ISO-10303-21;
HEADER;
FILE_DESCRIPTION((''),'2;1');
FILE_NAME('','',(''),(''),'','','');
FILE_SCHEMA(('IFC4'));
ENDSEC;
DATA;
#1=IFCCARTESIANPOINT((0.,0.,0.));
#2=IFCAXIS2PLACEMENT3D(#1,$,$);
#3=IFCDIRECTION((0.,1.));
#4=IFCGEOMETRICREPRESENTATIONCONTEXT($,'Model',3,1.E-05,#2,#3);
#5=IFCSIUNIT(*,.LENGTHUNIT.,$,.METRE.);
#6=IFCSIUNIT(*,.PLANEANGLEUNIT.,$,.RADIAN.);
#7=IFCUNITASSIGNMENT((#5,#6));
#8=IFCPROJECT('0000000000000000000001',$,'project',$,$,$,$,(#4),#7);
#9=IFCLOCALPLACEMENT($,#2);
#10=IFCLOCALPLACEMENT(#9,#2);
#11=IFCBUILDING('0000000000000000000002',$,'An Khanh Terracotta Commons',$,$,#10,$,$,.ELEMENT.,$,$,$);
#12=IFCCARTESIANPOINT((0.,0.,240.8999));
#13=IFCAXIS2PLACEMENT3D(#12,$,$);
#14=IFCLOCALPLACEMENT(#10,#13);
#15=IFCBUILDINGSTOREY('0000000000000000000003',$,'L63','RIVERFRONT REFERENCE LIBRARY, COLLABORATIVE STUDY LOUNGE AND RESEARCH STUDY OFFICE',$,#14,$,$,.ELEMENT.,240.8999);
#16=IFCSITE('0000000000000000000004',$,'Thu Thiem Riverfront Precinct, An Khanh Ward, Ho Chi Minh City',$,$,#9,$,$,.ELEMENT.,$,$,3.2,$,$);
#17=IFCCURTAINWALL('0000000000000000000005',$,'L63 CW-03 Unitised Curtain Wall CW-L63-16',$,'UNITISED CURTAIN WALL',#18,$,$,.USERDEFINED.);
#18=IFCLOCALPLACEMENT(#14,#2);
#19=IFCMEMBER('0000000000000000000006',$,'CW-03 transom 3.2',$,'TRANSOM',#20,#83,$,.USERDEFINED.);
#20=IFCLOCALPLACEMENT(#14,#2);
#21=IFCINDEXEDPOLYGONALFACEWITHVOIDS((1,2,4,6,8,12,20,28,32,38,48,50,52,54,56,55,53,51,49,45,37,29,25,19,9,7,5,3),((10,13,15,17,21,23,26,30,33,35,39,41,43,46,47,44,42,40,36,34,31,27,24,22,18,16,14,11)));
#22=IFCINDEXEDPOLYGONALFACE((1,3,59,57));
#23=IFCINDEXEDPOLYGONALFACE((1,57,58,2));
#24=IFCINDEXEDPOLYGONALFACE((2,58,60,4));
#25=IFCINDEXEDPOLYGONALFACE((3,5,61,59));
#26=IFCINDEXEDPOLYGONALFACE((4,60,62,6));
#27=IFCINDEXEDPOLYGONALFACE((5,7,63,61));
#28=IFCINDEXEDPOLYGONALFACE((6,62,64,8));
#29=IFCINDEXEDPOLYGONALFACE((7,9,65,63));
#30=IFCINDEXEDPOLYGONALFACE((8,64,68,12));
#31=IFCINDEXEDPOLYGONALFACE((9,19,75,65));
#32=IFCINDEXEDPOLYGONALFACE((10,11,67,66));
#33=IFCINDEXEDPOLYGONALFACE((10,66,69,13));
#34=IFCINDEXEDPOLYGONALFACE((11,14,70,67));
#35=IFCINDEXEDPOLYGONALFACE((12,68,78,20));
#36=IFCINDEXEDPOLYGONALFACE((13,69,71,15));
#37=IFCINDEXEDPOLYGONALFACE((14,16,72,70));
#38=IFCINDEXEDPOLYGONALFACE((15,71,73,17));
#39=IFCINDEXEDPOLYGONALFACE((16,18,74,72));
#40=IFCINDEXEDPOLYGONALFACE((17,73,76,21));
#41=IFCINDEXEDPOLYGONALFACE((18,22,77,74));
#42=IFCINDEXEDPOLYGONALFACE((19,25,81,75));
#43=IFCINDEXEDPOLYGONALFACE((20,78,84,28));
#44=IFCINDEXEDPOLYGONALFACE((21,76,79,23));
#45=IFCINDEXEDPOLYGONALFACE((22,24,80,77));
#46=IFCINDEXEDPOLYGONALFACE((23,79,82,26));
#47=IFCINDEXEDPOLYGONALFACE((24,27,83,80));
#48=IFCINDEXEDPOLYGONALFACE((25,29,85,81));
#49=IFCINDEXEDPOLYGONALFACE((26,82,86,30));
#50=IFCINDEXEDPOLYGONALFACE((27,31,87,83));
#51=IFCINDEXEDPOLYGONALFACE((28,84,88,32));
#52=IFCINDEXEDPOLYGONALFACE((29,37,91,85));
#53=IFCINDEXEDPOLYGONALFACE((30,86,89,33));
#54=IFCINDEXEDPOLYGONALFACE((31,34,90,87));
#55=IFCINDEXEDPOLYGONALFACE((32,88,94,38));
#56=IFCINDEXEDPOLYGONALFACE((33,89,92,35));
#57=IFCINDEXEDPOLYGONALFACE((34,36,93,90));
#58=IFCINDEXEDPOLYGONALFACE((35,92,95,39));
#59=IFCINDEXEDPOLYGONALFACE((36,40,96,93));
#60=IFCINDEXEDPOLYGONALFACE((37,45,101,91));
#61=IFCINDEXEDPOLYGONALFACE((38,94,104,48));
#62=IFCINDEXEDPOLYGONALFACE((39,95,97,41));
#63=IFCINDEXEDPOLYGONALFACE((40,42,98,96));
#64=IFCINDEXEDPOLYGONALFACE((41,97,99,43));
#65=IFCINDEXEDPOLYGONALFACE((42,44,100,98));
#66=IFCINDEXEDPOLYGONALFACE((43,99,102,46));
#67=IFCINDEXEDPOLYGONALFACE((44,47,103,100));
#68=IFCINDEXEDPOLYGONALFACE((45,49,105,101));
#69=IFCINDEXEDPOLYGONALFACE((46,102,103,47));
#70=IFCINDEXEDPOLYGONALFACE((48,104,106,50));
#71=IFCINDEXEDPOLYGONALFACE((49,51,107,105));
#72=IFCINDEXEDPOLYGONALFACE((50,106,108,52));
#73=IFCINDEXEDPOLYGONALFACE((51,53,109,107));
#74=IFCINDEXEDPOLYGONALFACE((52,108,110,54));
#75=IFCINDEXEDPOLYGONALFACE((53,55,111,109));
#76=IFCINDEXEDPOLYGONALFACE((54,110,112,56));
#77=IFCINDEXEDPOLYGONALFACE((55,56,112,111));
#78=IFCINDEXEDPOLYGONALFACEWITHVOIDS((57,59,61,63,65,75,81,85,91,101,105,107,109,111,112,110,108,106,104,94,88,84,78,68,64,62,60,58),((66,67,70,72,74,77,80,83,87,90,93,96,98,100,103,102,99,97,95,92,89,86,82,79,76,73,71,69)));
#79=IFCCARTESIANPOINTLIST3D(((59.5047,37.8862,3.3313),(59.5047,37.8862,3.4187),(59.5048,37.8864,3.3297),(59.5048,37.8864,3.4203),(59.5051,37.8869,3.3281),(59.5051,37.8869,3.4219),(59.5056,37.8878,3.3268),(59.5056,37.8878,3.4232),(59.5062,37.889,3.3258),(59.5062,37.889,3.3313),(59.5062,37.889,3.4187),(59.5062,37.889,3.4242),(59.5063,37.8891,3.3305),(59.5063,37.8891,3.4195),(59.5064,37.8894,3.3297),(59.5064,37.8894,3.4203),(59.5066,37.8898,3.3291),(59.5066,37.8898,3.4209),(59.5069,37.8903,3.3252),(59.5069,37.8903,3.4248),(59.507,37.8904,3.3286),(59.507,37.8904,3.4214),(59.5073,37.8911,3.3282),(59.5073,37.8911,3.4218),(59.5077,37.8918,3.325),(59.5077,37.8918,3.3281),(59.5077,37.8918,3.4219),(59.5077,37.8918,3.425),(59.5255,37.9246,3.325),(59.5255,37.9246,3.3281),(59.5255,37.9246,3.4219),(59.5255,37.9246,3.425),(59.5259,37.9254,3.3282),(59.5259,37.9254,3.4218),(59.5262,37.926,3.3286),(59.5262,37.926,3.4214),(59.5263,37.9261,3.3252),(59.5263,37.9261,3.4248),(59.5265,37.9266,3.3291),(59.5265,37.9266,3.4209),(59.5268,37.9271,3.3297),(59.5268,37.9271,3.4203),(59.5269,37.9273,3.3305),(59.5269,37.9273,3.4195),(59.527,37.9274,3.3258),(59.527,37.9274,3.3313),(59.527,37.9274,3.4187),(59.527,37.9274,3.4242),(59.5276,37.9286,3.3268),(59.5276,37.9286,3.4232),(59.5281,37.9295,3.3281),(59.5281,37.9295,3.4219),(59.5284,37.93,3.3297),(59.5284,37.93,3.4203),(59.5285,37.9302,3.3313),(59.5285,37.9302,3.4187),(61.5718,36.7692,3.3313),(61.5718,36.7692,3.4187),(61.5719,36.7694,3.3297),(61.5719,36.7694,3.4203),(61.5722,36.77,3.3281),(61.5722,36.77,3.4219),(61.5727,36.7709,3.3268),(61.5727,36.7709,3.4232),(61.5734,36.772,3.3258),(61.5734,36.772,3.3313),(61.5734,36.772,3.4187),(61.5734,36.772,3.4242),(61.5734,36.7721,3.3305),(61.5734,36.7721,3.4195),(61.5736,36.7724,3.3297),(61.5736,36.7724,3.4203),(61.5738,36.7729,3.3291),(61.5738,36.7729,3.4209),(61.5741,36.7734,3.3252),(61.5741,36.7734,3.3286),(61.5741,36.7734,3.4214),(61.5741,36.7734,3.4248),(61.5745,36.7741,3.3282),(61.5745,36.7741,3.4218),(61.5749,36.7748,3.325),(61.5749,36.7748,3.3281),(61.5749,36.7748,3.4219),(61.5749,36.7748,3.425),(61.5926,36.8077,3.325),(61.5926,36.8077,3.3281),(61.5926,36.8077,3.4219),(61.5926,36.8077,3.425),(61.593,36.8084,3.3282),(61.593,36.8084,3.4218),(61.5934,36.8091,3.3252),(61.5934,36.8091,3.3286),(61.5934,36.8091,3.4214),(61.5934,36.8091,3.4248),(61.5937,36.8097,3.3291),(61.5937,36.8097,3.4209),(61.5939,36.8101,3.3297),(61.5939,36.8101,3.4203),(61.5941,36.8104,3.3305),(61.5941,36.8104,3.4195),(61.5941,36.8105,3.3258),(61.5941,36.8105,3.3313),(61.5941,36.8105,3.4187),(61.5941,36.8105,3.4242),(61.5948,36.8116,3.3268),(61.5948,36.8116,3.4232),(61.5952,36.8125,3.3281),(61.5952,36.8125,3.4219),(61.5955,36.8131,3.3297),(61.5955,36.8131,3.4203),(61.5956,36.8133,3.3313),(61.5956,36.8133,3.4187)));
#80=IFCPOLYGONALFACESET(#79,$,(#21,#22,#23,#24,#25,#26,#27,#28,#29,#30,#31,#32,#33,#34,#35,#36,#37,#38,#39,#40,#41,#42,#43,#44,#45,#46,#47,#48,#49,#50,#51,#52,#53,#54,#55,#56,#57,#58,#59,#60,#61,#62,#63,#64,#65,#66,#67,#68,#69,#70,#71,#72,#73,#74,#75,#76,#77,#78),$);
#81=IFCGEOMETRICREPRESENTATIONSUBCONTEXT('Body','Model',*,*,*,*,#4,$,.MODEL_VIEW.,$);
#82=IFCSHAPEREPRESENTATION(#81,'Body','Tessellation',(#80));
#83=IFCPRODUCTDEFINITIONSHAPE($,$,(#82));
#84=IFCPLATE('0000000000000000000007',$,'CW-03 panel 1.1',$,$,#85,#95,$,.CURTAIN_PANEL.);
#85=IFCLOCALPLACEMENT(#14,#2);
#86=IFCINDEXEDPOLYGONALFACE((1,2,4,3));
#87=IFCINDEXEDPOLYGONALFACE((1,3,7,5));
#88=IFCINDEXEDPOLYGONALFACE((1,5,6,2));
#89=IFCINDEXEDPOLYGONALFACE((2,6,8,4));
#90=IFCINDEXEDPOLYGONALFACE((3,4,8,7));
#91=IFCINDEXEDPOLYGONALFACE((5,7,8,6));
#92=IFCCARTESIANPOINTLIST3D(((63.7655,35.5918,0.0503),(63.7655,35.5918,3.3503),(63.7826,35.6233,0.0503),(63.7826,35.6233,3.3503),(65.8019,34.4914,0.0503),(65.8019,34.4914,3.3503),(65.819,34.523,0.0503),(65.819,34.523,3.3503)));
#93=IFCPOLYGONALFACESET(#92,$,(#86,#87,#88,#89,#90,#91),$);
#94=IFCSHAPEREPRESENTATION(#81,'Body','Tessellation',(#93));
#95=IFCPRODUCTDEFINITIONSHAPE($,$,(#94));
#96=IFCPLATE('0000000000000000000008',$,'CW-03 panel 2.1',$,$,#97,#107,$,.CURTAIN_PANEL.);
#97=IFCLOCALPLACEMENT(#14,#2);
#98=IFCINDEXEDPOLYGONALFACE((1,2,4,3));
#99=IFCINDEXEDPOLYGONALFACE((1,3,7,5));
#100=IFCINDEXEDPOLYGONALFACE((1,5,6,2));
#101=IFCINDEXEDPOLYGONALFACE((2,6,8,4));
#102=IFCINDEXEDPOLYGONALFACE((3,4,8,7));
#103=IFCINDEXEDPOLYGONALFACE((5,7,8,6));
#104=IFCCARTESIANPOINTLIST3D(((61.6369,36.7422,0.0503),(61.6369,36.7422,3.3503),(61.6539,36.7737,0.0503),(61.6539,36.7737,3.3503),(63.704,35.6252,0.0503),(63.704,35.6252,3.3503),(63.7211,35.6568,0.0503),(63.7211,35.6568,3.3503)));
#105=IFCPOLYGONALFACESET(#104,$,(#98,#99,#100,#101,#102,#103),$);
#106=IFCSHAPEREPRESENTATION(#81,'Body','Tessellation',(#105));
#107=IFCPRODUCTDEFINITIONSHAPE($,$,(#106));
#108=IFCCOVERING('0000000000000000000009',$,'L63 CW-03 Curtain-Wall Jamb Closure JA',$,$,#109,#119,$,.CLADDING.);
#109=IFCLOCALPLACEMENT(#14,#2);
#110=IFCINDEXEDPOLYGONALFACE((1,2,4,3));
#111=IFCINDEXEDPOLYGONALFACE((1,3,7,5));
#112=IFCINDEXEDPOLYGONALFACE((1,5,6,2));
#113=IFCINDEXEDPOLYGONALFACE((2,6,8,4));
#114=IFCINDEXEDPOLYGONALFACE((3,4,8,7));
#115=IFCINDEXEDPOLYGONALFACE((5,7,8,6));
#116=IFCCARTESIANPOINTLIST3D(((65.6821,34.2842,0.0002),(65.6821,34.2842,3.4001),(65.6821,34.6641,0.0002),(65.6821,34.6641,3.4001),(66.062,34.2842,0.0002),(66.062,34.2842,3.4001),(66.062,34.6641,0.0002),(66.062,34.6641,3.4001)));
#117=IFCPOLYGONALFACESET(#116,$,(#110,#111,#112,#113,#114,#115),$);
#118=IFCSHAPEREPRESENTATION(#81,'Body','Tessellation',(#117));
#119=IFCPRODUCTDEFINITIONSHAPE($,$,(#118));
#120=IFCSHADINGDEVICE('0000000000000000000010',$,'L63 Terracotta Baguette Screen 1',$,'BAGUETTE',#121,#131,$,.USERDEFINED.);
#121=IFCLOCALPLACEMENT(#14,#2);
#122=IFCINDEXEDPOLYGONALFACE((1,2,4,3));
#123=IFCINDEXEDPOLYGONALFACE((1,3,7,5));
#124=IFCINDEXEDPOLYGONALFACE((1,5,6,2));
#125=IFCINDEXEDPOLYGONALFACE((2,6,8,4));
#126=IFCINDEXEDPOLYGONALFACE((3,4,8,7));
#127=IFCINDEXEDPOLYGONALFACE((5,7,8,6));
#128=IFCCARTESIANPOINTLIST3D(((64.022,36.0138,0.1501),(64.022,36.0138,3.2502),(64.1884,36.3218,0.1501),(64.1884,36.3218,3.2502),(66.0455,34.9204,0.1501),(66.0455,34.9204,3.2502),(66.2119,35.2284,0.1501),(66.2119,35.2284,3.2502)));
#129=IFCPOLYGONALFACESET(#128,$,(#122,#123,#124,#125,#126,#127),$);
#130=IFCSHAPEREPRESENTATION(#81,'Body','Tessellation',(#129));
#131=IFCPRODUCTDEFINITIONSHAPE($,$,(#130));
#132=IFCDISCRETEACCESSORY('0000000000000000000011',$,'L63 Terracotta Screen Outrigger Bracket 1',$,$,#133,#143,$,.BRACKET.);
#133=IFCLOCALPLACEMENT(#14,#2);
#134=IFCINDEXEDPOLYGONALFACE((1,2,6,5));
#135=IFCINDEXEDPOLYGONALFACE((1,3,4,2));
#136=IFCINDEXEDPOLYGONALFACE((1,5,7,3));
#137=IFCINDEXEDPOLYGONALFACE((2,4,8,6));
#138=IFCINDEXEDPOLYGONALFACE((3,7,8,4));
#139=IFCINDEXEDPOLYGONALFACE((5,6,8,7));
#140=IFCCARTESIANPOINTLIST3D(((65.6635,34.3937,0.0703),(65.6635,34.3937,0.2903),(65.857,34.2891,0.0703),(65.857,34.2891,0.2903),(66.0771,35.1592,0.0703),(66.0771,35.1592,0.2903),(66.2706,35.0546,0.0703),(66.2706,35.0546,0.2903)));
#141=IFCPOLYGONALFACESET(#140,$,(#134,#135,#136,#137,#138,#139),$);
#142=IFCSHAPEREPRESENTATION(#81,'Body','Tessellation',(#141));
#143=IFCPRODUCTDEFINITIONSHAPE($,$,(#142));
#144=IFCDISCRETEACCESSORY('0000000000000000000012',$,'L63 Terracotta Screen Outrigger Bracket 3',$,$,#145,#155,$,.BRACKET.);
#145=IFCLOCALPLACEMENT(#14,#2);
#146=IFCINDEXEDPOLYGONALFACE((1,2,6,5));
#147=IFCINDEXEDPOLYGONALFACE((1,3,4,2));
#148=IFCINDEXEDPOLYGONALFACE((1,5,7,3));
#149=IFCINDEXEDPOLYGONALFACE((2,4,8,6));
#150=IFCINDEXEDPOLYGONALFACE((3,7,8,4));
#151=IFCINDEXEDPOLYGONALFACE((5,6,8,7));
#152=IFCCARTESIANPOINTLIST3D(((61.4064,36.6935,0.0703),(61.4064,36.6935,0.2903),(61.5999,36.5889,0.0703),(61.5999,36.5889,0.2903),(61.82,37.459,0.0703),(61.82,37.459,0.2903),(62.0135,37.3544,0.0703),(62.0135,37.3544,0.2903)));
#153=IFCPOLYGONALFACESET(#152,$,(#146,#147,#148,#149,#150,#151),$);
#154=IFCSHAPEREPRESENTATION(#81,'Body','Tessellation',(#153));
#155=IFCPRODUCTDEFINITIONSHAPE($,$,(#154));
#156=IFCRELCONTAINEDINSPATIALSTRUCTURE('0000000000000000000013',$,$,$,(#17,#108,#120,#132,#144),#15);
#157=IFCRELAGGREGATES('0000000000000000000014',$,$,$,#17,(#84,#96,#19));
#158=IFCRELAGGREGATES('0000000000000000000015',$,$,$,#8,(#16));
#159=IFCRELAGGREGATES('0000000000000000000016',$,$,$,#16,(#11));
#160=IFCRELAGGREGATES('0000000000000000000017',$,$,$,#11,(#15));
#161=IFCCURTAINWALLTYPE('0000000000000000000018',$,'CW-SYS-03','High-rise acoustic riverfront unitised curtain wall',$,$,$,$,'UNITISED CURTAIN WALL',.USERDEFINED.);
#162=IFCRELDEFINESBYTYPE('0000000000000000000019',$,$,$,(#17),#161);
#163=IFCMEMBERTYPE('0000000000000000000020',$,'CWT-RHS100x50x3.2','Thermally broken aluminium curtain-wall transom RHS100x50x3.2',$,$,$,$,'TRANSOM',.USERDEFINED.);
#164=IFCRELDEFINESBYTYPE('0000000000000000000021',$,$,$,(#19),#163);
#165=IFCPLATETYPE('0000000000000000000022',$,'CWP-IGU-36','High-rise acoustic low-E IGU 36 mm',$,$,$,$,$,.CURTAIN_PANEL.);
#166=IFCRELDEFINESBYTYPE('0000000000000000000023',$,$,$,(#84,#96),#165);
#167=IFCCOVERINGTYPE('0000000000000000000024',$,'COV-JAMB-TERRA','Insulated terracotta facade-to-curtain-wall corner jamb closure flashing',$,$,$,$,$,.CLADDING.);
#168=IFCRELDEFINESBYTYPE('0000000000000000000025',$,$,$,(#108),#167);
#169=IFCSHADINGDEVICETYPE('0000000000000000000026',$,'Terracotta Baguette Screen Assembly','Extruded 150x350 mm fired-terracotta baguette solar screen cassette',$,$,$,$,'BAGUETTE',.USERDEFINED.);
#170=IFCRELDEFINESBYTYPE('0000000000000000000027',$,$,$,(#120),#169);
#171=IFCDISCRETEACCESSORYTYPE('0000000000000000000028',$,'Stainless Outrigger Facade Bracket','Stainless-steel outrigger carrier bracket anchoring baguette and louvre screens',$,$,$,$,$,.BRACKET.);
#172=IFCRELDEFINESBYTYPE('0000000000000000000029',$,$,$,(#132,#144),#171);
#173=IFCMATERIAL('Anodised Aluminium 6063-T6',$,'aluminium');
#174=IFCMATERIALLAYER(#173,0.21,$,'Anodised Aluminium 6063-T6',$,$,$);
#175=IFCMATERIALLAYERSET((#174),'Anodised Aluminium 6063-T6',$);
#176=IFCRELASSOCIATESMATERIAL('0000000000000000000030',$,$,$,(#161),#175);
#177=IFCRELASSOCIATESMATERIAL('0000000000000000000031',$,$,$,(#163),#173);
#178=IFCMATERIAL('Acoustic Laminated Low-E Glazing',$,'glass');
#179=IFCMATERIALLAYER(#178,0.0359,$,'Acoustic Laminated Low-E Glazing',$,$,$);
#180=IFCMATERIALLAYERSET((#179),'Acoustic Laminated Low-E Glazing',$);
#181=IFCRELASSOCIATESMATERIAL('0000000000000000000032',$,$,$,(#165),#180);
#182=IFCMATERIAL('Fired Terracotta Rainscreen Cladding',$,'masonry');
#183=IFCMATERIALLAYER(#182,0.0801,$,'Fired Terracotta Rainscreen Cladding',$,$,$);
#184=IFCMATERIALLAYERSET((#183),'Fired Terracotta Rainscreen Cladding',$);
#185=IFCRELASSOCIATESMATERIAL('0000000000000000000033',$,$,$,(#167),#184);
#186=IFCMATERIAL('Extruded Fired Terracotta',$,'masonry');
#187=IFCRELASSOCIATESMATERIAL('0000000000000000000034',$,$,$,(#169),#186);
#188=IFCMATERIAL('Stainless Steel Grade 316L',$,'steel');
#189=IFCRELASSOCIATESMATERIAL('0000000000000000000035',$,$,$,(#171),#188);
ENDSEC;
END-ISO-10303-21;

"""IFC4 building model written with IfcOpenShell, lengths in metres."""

from ifc_helpers import new_model, si_unit, direction, frame, origin, origin_2d, place, context, subcontext, project, spatial, rectangle, hollow_rectangle, extrude, material, layer, layer_set, material_profile, profile_set, type_object, element, aggregate, save


model = new_model("IFC4")

# Units and contexts
model_context = context("Model", 3, precision=1e-05, world=origin(), true_north=direction((0.0, 1.0)))
body_context = subcontext(model_context, "Body", "Model", "MODEL_VIEW")
ifc_project = project(units=[si_unit("LENGTHUNIT", "METRE"), si_unit("PLANEANGLEUNIT", "RADIAN")], contexts=[model_context])

# Site, building, storey
site_placement = place(None, origin())
site = spatial("IfcSite", under=ifc_project, at=site_placement, Name="Thu Thiem Riverfront Precinct, An Khanh Ward, Ho Chi Minh City", CompositionType="ELEMENT", RefElevation=3.2)
building_placement = place(site_placement, origin())
building = spatial("IfcBuilding", under=site, at=building_placement, Name="An Khanh Terracotta Commons", CompositionType="ELEMENT")
storey_placement = place(building_placement, frame((0.0, 0.0, 240.8999)))
storey = spatial("IfcBuildingStorey", under=building, at=storey_placement, Name="L63", Description="RIVERFRONT REFERENCE LIBRARY, COLLABORATIVE STUDY LOUNGE AND RESEARCH STUDY OFFICE", CompositionType="ELEMENT", Elevation=240.8999)

# Curtain wall, member, plates
ifc_material_1 = material(Name="Anodised Aluminium 6063-T6", Category="aluminium")
ifc_layer_1 = layer(ifc_material_1, 0.21, Name="Anodised Aluminium 6063-T6")
ifc_layer_set_1 = layer_set([ifc_layer_1], Name="Anodised Aluminium 6063-T6")
curtain_wall_type = type_object("IfcCurtainWallType", Name="CW-SYS-03", Description="High-rise acoustic riverfront unitised curtain wall", ElementType="UNITISED CURTAIN WALL", PredefinedType="USERDEFINED", material=ifc_layer_set_1)
curtain_wall_placement = place(storey_placement, origin())
curtain_wall = element("IfcCurtainWall", 1, at=curtain_wall_placement, inside=storey, type_object=curtain_wall_type, Name="L63 CW-03 Unitised Curtain Wall CW-L63-16", ObjectType="UNITISED CURTAIN WALL", PredefinedType="USERDEFINED")
ifc_material_profile_1 = material_profile(ifc_material_1, hollow_rectangle(XDim=0.05, YDim=0.1001, WallThickness=0.0032, InnerFilletRadius=0.0032, OuterFilletRadius=0.0063, at=origin_2d()), Name="RHS100x50x3.2")
ifc_profile_set_1 = profile_set([ifc_material_profile_1], Name="Anodised Aluminium 6063-T6")
member_type_1 = type_object("IfcMemberType", Name="CWT-RHS100x50x3.2", Description="Thermally broken aluminium curtain-wall transom RHS100x50x3.2", ElementType="TRANSOM", PredefinedType="USERDEFINED", material=ifc_profile_set_1)
member_1_placement = place(storey_placement, frame((61.5837, 36.7913, 3.375), z_axis=(-0.879783, 0.475376, 0.0), x_axis=(-0.475376, -0.879783, 0.0)))
member_1 = element("IfcMember", 2, at=member_1_placement, type_object=member_type_1, Name="CW-03 transom 3.2", ObjectType="TRANSOM", PredefinedType="USERDEFINED", context=body_context, shape_type="SweptSolid", body=[
    extrude(hollow_rectangle(XDim=0.05, YDim=0.1001, WallThickness=0.0032, InnerFilletRadius=0.0032, OuterFilletRadius=0.0063, at=origin_2d()), origin(), (0.0, 0.0, 1.0), 2.3496),
])
ifc_material_2 = material(Name="Acoustic Laminated Low-E Glazing", Category="glass")
ifc_layer_2 = layer(ifc_material_2, 0.0359, Name="Acoustic Laminated Low-E Glazing")
ifc_layer_set_2 = layer_set([ifc_layer_2], Name="Acoustic Laminated Low-E Glazing")
plate_type = type_object("IfcPlateType", Name="CWP-IGU-36", Description="High-rise acoustic low-E IGU 36 mm", PredefinedType="CURTAIN_PANEL", material=ifc_layer_set_2)
plate_1_placement = place(storey_placement, frame((64.7922, 35.0574, 0.0503), z_axis=(0.0, 0.0, 1.0), x_axis=(-0.87978, 0.475381, 0.0)))
plate_1 = element("IfcPlate", 3, at=plate_1_placement, type_object=plate_type, Name="CW-03 panel 1.1", PredefinedType="CURTAIN_PANEL", context=body_context, shape_type="SweptSolid", body=[
    extrude(rectangle(XDim=2.3147, YDim=0.0359, at=origin_2d()), origin(), (0.0, 0.0, 1.0), 3.3),
])
plate_2_placement = place(storey_placement, frame((62.679, 36.1995, 0.0503), z_axis=(0.0, 0.0, 1.0), x_axis=(-0.87978, 0.475381, 0.0)))
plate_2 = element("IfcPlate", 4, at=plate_2_placement, type_object=plate_type, Name="CW-03 panel 2.1", PredefinedType="CURTAIN_PANEL", context=body_context, shape_type="SweptSolid", body=[
    extrude(rectangle(XDim=2.3496, YDim=0.0359, at=origin_2d()), origin(), (0.0, 0.0, 1.0), 3.3),
])
aggregate(curtain_wall, [plate_1, plate_2, member_1])

# Covering
ifc_material_3 = material(Name="Fired Terracotta Rainscreen Cladding", Category="masonry")
ifc_layer_3 = layer(ifc_material_3, 0.0801, Name="Fired Terracotta Rainscreen Cladding")
ifc_layer_set_3 = layer_set([ifc_layer_3], Name="Fired Terracotta Rainscreen Cladding")
covering_type = type_object("IfcCoveringType", Name="COV-JAMB-TERRA", Description="Insulated terracotta facade-to-curtain-wall corner jamb closure flashing", PredefinedType="CLADDING", material=ifc_layer_set_3)
covering_placement = place(storey_placement, frame((65.8721, 34.4741, 0.0002), z_axis=(0.0, 0.0, 1.0), x_axis=(1.0, 0.0, 0.0)))
element("IfcCovering", 5, at=covering_placement, inside=storey, type_object=covering_type, Name="L63 CW-03 Curtain-Wall Jamb Closure JA", PredefinedType="CLADDING", context=body_context, shape_type="SweptSolid", body=[
    extrude(rectangle(XDim=0.3799, YDim=0.3799, at=origin_2d()), origin(), (0.0, 0.0, 1.0), 3.3999),
])

# Shading device
ifc_material_4 = material(Name="Extruded Fired Terracotta", Category="masonry")
shading_device_type = type_object("IfcShadingDeviceType", Name="Terracotta Baguette Screen Assembly", Description="Extruded 150x350 mm fired-terracotta baguette solar screen cassette", ElementType="BAGUETTE", PredefinedType="USERDEFINED", material=ifc_material_4)
shading_device_placement = place(storey_placement, frame((65.1169, 35.6211, 0.1501), z_axis=(0.0, 0.0, 1.0), x_axis=(-0.87978, 0.475381, 0.0)))
element("IfcShadingDevice", 6, at=shading_device_placement, inside=storey, type_object=shading_device_type, Name="L63 Terracotta Baguette Screen 1", ObjectType="BAGUETTE", PredefinedType="USERDEFINED", context=body_context, shape_type="SweptSolid", body=[
    extrude(rectangle(XDim=2.3, YDim=0.3501, at=origin_2d()), origin(), (0.0, 0.0, 1.0), 3.1001),
])

# Discrete accessories
ifc_material_5 = material(Name="Stainless Steel Grade 316L", Category="steel")
discrete_accessory_type = type_object("IfcDiscreteAccessoryType", Name="Stainless Outrigger Facade Bracket", Description="Stainless-steel outrigger carrier bracket anchoring baguette and louvre screens", PredefinedType="BRACKET", material=ifc_material_5)
for number, where, z_axis, x_axis, name in (
    (7, (65.967, 34.7241, 0.0703), (0.0, 0.0, 1.0), (-0.87978, 0.475381, 0.0), "L63 Terracotta Screen Outrigger Bracket 1"),
    (8, (61.71, 37.0239, 0.0703), (0.0, 0.0, 1.0), (-0.87978, 0.475381, 0.0), "L63 Terracotta Screen Outrigger Bracket 3"),
):
    element("IfcDiscreteAccessory", number, at=place(storey_placement, frame(where, z_axis=z_axis, x_axis=x_axis)), inside=storey, type_object=discrete_accessory_type, Name=name, PredefinedType="BRACKET", context=body_context, shape_type="SweptSolid", body=[
        extrude(rectangle(XDim=0.22, YDim=0.8701, at=origin_2d()), origin(), (0.0, 0.0, 1.0), 0.22),
    ])

save(model, "model.ifc")
